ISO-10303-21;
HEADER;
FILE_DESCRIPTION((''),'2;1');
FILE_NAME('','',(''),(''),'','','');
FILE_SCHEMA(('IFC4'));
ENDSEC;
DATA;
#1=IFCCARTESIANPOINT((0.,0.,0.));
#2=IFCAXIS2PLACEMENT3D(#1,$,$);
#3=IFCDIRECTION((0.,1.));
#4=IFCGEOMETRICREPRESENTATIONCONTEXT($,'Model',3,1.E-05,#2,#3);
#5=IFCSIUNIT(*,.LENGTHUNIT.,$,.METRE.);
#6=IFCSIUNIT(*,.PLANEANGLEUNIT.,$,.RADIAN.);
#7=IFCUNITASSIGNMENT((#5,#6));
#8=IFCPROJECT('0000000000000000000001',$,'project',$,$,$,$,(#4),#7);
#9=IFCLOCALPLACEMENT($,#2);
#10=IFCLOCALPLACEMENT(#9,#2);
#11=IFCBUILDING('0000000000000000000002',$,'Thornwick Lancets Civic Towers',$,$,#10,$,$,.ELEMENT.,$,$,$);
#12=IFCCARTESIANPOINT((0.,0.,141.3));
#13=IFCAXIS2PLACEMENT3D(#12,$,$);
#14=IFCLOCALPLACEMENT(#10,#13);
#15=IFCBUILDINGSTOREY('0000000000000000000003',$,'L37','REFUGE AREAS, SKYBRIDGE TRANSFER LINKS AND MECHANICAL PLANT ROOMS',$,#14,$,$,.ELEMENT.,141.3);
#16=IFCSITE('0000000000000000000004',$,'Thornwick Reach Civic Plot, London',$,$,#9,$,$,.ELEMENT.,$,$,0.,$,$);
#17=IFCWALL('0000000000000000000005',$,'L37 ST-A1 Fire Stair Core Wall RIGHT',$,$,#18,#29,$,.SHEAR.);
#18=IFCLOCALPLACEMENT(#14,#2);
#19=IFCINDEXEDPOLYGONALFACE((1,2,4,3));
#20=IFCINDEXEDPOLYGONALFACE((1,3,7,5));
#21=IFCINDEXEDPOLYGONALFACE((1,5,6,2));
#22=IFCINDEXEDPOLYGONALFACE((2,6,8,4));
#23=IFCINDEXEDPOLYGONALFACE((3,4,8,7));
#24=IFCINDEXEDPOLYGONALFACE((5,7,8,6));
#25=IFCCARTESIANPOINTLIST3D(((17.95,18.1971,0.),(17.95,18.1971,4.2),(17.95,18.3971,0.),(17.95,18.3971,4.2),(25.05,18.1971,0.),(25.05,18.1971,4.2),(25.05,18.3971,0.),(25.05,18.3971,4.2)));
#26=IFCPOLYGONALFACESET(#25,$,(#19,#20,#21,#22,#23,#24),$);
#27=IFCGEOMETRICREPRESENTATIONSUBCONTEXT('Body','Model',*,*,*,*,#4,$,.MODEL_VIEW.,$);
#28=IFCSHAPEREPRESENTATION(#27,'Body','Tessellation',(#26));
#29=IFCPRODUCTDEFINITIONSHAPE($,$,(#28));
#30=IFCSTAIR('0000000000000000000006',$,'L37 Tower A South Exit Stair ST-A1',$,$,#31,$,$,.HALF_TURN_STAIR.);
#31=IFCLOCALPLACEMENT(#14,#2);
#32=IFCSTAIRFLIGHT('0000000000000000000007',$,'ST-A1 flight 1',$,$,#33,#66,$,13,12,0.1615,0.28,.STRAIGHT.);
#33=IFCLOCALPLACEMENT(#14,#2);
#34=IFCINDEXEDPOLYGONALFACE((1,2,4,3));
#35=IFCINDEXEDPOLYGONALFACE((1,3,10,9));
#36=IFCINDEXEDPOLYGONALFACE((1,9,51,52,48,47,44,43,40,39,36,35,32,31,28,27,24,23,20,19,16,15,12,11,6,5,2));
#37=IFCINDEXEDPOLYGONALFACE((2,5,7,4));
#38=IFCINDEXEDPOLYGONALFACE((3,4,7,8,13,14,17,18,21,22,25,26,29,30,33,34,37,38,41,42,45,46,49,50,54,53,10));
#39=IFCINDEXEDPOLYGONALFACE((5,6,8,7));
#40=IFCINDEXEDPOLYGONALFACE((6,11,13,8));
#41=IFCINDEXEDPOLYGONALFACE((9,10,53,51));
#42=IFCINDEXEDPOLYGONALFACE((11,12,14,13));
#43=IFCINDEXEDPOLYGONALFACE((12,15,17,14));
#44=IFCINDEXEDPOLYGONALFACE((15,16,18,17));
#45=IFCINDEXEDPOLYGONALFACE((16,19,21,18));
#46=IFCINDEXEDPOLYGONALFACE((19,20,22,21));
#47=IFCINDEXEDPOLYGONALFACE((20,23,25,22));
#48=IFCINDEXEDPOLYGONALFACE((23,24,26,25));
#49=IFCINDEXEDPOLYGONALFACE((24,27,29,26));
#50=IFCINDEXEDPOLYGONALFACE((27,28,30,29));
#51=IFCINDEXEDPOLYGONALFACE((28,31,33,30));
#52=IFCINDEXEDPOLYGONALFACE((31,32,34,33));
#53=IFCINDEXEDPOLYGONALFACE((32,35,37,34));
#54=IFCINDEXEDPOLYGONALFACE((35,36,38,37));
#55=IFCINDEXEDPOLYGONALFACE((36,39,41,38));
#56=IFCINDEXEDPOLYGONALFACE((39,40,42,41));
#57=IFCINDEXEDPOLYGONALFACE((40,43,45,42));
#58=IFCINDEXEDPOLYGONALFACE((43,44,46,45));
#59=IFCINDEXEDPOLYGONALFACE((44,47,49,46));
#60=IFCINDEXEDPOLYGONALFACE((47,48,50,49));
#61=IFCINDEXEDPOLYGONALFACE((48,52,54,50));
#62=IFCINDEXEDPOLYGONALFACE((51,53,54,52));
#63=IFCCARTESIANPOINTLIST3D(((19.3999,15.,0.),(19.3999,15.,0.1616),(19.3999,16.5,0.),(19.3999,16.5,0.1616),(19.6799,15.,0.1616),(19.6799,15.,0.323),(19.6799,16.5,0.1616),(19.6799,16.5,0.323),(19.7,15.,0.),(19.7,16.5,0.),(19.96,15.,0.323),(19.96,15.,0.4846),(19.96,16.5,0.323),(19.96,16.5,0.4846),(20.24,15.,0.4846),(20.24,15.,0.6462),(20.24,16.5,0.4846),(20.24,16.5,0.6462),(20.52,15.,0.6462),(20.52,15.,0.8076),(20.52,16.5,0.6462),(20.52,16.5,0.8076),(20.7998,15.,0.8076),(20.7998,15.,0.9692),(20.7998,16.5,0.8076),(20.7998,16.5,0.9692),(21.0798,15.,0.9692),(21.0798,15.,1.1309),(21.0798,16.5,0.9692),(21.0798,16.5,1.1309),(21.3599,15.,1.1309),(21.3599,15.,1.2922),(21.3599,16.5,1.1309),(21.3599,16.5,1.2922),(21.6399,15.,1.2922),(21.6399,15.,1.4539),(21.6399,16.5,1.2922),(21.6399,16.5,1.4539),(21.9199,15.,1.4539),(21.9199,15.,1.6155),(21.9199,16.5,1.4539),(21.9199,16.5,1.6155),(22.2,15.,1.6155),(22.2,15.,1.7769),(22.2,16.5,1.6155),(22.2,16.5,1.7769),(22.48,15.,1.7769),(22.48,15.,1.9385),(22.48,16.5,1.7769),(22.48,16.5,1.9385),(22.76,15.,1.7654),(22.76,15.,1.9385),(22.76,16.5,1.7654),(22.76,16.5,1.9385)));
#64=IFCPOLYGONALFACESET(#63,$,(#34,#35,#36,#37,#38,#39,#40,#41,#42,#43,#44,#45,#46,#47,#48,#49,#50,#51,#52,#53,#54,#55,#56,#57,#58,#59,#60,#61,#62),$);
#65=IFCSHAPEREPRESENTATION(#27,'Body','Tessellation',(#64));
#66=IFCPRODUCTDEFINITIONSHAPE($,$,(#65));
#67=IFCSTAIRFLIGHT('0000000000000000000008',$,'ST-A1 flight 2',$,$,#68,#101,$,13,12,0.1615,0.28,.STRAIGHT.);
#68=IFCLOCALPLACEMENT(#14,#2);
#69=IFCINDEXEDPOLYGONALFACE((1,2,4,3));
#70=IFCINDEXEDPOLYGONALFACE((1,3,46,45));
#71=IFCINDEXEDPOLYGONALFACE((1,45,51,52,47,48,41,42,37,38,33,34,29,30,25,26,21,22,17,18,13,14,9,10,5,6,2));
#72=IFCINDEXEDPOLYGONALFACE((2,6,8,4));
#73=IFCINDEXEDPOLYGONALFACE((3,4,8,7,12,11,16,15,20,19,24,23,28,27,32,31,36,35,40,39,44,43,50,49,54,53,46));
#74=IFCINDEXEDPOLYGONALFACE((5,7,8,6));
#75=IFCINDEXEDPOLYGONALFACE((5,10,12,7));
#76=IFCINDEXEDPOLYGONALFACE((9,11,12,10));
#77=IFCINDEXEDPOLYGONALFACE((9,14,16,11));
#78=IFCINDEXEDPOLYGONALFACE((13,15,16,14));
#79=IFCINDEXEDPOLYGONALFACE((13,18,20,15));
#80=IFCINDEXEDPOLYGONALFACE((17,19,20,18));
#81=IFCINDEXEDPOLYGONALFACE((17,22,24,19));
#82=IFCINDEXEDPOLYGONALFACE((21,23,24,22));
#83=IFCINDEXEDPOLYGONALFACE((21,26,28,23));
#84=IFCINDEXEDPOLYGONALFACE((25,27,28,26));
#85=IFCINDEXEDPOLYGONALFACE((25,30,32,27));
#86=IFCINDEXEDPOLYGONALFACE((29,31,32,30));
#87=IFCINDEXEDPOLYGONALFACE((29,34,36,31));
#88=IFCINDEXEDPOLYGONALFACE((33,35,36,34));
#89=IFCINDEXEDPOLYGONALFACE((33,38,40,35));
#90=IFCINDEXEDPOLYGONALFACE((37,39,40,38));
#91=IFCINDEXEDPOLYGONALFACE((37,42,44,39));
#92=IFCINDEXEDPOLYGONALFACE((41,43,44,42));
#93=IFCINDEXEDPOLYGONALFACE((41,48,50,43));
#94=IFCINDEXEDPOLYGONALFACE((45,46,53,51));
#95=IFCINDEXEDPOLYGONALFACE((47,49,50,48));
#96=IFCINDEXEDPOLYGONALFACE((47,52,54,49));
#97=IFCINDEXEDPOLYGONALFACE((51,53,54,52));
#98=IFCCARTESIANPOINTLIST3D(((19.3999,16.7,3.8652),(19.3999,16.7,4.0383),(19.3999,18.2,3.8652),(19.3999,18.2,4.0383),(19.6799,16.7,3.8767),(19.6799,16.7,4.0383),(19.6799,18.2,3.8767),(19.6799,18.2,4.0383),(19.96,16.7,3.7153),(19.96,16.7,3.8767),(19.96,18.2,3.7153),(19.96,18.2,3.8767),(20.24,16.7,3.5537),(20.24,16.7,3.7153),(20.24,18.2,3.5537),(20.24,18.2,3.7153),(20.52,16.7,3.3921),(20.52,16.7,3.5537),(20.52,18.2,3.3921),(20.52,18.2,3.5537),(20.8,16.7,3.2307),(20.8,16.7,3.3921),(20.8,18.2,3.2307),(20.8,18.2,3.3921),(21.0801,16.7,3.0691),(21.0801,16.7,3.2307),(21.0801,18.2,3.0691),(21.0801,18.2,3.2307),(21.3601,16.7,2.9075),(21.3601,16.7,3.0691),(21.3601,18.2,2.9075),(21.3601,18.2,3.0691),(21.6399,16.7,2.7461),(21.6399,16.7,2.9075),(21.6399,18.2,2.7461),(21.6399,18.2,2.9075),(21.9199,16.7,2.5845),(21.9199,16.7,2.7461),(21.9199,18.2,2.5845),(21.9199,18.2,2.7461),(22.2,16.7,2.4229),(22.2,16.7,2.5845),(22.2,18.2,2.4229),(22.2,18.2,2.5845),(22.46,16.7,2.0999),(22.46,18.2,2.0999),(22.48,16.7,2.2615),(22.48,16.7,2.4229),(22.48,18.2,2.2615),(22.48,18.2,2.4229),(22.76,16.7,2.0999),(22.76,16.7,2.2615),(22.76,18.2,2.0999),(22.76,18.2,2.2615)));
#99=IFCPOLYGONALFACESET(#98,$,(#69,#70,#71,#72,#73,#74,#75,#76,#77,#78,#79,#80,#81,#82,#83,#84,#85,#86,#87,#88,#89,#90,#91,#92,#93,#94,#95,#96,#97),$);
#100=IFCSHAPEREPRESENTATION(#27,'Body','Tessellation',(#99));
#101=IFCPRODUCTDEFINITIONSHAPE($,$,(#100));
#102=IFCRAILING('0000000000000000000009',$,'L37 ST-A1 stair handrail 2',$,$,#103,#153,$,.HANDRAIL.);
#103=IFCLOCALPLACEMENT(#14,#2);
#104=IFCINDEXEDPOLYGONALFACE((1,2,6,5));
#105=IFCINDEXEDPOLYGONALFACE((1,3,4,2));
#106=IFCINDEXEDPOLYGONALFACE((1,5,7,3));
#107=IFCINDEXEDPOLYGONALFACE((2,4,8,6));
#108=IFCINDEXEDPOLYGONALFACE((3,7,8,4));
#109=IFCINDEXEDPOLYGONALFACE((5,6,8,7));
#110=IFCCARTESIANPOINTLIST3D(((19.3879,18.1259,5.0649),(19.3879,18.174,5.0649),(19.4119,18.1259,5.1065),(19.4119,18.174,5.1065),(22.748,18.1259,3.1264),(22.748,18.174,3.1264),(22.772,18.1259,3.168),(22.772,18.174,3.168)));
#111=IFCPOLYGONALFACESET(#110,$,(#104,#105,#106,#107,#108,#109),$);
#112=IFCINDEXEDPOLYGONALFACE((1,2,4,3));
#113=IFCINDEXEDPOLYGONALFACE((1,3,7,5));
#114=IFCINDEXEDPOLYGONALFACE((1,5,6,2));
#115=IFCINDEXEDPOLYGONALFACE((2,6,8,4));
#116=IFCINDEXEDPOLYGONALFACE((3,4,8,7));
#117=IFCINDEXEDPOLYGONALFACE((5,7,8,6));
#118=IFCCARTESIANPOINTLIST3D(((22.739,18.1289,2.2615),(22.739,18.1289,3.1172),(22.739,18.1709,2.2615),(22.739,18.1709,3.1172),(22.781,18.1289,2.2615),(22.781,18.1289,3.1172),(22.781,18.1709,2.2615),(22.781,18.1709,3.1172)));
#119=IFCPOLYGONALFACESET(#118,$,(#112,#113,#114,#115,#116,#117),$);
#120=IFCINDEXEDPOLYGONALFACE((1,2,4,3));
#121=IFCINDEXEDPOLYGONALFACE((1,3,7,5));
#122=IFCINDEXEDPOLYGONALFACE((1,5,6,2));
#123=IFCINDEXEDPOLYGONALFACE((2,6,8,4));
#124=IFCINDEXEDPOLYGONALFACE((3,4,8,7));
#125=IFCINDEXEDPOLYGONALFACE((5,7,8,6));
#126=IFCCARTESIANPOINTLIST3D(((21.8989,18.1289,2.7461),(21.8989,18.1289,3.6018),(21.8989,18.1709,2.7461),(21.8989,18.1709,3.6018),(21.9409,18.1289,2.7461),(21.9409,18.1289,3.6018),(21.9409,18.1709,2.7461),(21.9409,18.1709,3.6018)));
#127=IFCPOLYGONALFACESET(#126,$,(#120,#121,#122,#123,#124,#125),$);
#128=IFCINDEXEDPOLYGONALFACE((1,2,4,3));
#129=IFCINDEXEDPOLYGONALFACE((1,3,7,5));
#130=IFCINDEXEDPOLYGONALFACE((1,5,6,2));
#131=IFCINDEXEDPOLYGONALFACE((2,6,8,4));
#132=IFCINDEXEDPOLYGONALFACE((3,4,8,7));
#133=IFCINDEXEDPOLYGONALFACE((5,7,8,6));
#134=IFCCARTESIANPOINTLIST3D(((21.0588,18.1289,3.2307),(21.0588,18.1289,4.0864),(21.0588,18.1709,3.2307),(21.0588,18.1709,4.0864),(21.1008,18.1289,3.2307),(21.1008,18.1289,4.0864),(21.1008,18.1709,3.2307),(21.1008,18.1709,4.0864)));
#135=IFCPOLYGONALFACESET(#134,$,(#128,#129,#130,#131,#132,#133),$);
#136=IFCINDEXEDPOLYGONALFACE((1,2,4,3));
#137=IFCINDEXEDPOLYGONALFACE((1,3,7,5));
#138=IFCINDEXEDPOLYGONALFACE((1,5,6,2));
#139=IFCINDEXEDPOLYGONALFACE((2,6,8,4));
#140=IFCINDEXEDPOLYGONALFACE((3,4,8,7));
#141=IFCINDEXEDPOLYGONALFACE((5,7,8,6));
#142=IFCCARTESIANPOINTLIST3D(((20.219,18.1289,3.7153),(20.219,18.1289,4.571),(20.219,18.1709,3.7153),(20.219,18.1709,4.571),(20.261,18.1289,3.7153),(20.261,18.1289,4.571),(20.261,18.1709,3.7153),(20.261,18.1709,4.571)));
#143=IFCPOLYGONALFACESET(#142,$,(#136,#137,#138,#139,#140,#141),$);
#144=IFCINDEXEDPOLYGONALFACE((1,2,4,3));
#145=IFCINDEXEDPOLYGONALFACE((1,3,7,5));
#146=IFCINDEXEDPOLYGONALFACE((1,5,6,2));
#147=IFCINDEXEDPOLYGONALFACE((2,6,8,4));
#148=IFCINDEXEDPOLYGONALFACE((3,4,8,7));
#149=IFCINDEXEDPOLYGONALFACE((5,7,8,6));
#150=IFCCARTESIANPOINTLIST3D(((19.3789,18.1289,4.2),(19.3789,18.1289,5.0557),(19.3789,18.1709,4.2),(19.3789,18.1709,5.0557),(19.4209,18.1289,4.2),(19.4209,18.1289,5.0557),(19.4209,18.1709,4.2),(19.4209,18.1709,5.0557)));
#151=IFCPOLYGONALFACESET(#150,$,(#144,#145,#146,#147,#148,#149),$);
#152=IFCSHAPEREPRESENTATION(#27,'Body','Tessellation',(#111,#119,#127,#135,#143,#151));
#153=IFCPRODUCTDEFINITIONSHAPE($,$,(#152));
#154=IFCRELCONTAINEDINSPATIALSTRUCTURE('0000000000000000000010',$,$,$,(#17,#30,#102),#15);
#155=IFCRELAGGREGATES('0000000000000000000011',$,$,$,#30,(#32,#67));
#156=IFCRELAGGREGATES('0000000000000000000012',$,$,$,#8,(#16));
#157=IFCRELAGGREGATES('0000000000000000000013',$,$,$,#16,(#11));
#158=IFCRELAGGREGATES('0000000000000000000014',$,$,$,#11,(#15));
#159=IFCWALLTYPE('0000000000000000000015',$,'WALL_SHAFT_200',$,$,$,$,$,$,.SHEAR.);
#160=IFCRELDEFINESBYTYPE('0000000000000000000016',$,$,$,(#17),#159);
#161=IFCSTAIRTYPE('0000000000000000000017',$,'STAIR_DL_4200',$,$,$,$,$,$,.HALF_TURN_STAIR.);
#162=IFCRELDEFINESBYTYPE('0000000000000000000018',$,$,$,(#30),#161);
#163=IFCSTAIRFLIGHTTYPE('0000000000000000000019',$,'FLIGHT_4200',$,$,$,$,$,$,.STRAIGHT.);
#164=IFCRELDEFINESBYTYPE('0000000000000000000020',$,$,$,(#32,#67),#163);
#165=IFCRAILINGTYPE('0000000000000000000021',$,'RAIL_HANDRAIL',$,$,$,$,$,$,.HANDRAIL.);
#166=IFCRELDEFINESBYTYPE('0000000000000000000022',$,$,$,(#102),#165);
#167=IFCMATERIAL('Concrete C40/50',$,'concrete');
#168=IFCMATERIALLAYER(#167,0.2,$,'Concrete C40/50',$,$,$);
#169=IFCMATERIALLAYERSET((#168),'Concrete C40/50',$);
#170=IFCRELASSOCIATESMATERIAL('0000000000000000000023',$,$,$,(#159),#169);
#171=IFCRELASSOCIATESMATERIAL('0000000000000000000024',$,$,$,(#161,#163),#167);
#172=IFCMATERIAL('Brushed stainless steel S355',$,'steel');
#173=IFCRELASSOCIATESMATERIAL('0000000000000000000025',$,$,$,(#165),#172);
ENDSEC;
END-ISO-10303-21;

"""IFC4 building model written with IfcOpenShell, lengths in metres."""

from ifc_helpers import new_model, si_unit, direction, frame, frame_2d, origin, origin_2d, place, context, subcontext, project, spatial, polyline, rectangle, outline, extrude, material, layer, layer_set, type_object, element, aggregate, save


model = new_model("IFC4")

# Units and contexts
model_context = context("Model", 3, precision=1e-05, world=origin(), true_north=direction((0.0, 1.0)))
body_context = subcontext(model_context, "Body", "Model", "MODEL_VIEW")
ifc_project = project(units=[si_unit("LENGTHUNIT", "METRE"), si_unit("PLANEANGLEUNIT", "RADIAN")], contexts=[model_context])

# Site, building, storey
site_placement = place(None, origin())
site = spatial("IfcSite", under=ifc_project, at=site_placement, Name="Thornwick Reach Civic Plot, London", CompositionType="ELEMENT", RefElevation=0.0)
building_placement = place(site_placement, origin())
building = spatial("IfcBuilding", under=site, at=building_placement, Name="Thornwick Lancets Civic Towers", CompositionType="ELEMENT")
storey_placement = place(building_placement, frame((0.0, 0.0, 141.3)))
storey = spatial("IfcBuildingStorey", under=building, at=storey_placement, Name="L37", Description="REFUGE AREAS, SKYBRIDGE TRANSFER LINKS AND MECHANICAL PLANT ROOMS", CompositionType="ELEMENT", Elevation=141.3)

# Shared definitions
ifc_material_1 = material(Name="Concrete C40/50", Category="concrete")

# Wall
ifc_layer_1 = layer(ifc_material_1, 0.2, Name="Concrete C40/50")
ifc_layer_set_1 = layer_set([ifc_layer_1], Name="Concrete C40/50")
wall_type_1 = type_object("IfcWallType", Name="WALL_SHAFT_200", PredefinedType="SHEAR", material=ifc_layer_set_1)
wall_1_placement = place(storey_placement, frame((25.05, 18.2971, 0.0), z_axis=(0.0, 0.0, 1.0), x_axis=(-1.0, 0.0, 0.0)))
element("IfcWall", 1, at=wall_1_placement, inside=storey, type_object=wall_type_1, Name="L37 ST-A1 Fire Stair Core Wall RIGHT", PredefinedType="SHEAR", context=body_context, shape_type="SweptSolid", body=[
    extrude(rectangle(XDim=7.1001, YDim=0.2, at=frame_2d((3.55, 0.0))), origin(), (0.0, 0.0, 1.0), 4.2),
])

# Stair, stair flights
stair_type = type_object("IfcStairType", Name="STAIR_DL_4200", PredefinedType="HALF_TURN_STAIR", material=ifc_material_1)
stair_placement = place(storey_placement, origin())
stair = element("IfcStair", 2, at=stair_placement, inside=storey, type_object=stair_type, Name="L37 Tower A South Exit Stair ST-A1", PredefinedType="HALF_TURN_STAIR")
stair_flight_type = type_object("IfcStairFlightType", Name="FLIGHT_4200", PredefinedType="STRAIGHT", material=ifc_material_1)
stair_flight_1_placement = place(storey_placement, frame((19.3999, 15.75, 0.0), z_axis=(0.0, 0.0, 1.0), x_axis=(1.0, 0.0, 0.0)))
stair_flight_1 = element("IfcStairFlight", 3, at=stair_flight_1_placement, type_object=stair_flight_type, Name="ST-A1 flight 1", NumberOfRisers=13, NumberOfTreads=12, PredefinedType="STRAIGHT", RiserHeight=0.1615, TreadLength=0.28, context=body_context, shape_type="SweptSolid", body=[
    extrude(outline(polyline([(0.0, 0.0), (0.0, 0.1616), (0.28, 0.1616), (0.28, 0.323), (0.5601, 0.323), (0.5601, 0.4846), (0.8401, 0.4846), (0.8401, 0.6462), (1.1201, 0.6462), (1.1201, 0.8076), (1.3999, 0.8076), (1.3999, 0.9692), (1.6799, 0.9692), (1.6799, 1.1309), (1.96, 1.1309), (1.96, 1.2922), (2.24, 1.2922), (2.24, 1.4539), (2.52, 1.4539), (2.52, 1.6155), (2.8, 1.6155), (2.8, 1.7769), (3.0801, 1.7769), (3.0801, 1.9385), (3.3601, 1.9385), (3.3601, 2.1001), (3.3601, 1.7654), (0.3, 0.0), (0.0, 0.0)])), frame((0.0, 0.75, 0.0), z_axis=(0.0, -1.0, 0.0), x_axis=(1.0, 0.0, 0.0)), (0.0, 0.0, 1.0), 1.5),
])
stair_flight_2_placement = place(storey_placement, frame((22.76, 17.45, 2.0999), z_axis=(0.0, 0.0, 1.0), x_axis=(-1.0, 0.0, 0.0)))
stair_flight_2 = element("IfcStairFlight", 4, at=stair_flight_2_placement, type_object=stair_flight_type, Name="ST-A1 flight 2", NumberOfRisers=13, NumberOfTreads=12, PredefinedType="STRAIGHT", RiserHeight=0.1615, TreadLength=0.28, context=body_context, shape_type="SweptSolid", body=[
    extrude(outline(polyline([(0.0, 0.0), (0.0, 0.1616), (0.28, 0.1616), (0.28, 0.323), (0.5601, 0.323), (0.5601, 0.4846), (0.8401, 0.4846), (0.8401, 0.6462), (1.1201, 0.6462), (1.1201, 0.8076), (1.3999, 0.8076), (1.3999, 0.9692), (1.6799, 0.9692), (1.6799, 1.1309), (1.96, 1.1309), (1.96, 1.2922), (2.24, 1.2922), (2.24, 1.4539), (2.52, 1.4539), (2.52, 1.6155), (2.8, 1.6155), (2.8, 1.7769), (3.0801, 1.7769), (3.0801, 1.9385), (3.3601, 1.9385), (3.3601, 2.1001), (3.3601, 1.7654), (0.3, 0.0), (0.0, 0.0)])), frame((0.0, 0.75, 0.0), z_axis=(0.0, -1.0, 0.0), x_axis=(1.0, 0.0, 0.0)), (0.0, 0.0, 1.0), 1.5),
])
aggregate(stair, [stair_flight_1, stair_flight_2])

# Railing
ifc_material_2 = material(Name="Brushed stainless steel S355", Category="steel")
railing_type_1 = type_object("IfcRailingType", Name="RAIL_HANDRAIL", PredefinedType="HANDRAIL", material=ifc_material_2)
railing_1_placement = place(storey_placement, frame((22.76, 18.1499, 2.2615)))
element("IfcRailing", 5, at=railing_1_placement, inside=storey, type_object=railing_type_1, Name="L37 ST-A1 stair handrail 2", PredefinedType="HANDRAIL", context=body_context, shape_type="SweptSolid", body=[
    extrude(rectangle(XDim=0.0481, YDim=0.0481, at=origin_2d()), frame((0.0, 0.0, 0.8857), z_axis=(-0.866191, 0.0, 0.499713), x_axis=(0.0, -1.0, 0.0)), (0.0, 0.0, 1.0), 3.8792),
    extrude(rectangle(XDim=0.042, YDim=0.042, at=origin_2d()), origin(), (0.0, 0.0, 1.0), 0.8557),
    extrude(rectangle(XDim=0.042, YDim=0.042, at=origin_2d()), frame((-0.8401, 0.0, 0.4846)), (0.0, 0.0, 1.0), 0.8557),
    extrude(rectangle(XDim=0.042, YDim=0.042, at=origin_2d()), frame((-1.6802, 0.0, 0.9692)), (0.0, 0.0, 1.0), 0.8557),
    extrude(rectangle(XDim=0.042, YDim=0.042, at=origin_2d()), frame((-2.52, 0.0, 1.4539)), (0.0, 0.0, 1.0), 0.8557),
    extrude(rectangle(XDim=0.042, YDim=0.042, at=origin_2d()), frame((-3.3601, 0.0, 1.9385)), (0.0, 0.0, 1.0), 0.8557),
])

save(model, "model.ifc")
